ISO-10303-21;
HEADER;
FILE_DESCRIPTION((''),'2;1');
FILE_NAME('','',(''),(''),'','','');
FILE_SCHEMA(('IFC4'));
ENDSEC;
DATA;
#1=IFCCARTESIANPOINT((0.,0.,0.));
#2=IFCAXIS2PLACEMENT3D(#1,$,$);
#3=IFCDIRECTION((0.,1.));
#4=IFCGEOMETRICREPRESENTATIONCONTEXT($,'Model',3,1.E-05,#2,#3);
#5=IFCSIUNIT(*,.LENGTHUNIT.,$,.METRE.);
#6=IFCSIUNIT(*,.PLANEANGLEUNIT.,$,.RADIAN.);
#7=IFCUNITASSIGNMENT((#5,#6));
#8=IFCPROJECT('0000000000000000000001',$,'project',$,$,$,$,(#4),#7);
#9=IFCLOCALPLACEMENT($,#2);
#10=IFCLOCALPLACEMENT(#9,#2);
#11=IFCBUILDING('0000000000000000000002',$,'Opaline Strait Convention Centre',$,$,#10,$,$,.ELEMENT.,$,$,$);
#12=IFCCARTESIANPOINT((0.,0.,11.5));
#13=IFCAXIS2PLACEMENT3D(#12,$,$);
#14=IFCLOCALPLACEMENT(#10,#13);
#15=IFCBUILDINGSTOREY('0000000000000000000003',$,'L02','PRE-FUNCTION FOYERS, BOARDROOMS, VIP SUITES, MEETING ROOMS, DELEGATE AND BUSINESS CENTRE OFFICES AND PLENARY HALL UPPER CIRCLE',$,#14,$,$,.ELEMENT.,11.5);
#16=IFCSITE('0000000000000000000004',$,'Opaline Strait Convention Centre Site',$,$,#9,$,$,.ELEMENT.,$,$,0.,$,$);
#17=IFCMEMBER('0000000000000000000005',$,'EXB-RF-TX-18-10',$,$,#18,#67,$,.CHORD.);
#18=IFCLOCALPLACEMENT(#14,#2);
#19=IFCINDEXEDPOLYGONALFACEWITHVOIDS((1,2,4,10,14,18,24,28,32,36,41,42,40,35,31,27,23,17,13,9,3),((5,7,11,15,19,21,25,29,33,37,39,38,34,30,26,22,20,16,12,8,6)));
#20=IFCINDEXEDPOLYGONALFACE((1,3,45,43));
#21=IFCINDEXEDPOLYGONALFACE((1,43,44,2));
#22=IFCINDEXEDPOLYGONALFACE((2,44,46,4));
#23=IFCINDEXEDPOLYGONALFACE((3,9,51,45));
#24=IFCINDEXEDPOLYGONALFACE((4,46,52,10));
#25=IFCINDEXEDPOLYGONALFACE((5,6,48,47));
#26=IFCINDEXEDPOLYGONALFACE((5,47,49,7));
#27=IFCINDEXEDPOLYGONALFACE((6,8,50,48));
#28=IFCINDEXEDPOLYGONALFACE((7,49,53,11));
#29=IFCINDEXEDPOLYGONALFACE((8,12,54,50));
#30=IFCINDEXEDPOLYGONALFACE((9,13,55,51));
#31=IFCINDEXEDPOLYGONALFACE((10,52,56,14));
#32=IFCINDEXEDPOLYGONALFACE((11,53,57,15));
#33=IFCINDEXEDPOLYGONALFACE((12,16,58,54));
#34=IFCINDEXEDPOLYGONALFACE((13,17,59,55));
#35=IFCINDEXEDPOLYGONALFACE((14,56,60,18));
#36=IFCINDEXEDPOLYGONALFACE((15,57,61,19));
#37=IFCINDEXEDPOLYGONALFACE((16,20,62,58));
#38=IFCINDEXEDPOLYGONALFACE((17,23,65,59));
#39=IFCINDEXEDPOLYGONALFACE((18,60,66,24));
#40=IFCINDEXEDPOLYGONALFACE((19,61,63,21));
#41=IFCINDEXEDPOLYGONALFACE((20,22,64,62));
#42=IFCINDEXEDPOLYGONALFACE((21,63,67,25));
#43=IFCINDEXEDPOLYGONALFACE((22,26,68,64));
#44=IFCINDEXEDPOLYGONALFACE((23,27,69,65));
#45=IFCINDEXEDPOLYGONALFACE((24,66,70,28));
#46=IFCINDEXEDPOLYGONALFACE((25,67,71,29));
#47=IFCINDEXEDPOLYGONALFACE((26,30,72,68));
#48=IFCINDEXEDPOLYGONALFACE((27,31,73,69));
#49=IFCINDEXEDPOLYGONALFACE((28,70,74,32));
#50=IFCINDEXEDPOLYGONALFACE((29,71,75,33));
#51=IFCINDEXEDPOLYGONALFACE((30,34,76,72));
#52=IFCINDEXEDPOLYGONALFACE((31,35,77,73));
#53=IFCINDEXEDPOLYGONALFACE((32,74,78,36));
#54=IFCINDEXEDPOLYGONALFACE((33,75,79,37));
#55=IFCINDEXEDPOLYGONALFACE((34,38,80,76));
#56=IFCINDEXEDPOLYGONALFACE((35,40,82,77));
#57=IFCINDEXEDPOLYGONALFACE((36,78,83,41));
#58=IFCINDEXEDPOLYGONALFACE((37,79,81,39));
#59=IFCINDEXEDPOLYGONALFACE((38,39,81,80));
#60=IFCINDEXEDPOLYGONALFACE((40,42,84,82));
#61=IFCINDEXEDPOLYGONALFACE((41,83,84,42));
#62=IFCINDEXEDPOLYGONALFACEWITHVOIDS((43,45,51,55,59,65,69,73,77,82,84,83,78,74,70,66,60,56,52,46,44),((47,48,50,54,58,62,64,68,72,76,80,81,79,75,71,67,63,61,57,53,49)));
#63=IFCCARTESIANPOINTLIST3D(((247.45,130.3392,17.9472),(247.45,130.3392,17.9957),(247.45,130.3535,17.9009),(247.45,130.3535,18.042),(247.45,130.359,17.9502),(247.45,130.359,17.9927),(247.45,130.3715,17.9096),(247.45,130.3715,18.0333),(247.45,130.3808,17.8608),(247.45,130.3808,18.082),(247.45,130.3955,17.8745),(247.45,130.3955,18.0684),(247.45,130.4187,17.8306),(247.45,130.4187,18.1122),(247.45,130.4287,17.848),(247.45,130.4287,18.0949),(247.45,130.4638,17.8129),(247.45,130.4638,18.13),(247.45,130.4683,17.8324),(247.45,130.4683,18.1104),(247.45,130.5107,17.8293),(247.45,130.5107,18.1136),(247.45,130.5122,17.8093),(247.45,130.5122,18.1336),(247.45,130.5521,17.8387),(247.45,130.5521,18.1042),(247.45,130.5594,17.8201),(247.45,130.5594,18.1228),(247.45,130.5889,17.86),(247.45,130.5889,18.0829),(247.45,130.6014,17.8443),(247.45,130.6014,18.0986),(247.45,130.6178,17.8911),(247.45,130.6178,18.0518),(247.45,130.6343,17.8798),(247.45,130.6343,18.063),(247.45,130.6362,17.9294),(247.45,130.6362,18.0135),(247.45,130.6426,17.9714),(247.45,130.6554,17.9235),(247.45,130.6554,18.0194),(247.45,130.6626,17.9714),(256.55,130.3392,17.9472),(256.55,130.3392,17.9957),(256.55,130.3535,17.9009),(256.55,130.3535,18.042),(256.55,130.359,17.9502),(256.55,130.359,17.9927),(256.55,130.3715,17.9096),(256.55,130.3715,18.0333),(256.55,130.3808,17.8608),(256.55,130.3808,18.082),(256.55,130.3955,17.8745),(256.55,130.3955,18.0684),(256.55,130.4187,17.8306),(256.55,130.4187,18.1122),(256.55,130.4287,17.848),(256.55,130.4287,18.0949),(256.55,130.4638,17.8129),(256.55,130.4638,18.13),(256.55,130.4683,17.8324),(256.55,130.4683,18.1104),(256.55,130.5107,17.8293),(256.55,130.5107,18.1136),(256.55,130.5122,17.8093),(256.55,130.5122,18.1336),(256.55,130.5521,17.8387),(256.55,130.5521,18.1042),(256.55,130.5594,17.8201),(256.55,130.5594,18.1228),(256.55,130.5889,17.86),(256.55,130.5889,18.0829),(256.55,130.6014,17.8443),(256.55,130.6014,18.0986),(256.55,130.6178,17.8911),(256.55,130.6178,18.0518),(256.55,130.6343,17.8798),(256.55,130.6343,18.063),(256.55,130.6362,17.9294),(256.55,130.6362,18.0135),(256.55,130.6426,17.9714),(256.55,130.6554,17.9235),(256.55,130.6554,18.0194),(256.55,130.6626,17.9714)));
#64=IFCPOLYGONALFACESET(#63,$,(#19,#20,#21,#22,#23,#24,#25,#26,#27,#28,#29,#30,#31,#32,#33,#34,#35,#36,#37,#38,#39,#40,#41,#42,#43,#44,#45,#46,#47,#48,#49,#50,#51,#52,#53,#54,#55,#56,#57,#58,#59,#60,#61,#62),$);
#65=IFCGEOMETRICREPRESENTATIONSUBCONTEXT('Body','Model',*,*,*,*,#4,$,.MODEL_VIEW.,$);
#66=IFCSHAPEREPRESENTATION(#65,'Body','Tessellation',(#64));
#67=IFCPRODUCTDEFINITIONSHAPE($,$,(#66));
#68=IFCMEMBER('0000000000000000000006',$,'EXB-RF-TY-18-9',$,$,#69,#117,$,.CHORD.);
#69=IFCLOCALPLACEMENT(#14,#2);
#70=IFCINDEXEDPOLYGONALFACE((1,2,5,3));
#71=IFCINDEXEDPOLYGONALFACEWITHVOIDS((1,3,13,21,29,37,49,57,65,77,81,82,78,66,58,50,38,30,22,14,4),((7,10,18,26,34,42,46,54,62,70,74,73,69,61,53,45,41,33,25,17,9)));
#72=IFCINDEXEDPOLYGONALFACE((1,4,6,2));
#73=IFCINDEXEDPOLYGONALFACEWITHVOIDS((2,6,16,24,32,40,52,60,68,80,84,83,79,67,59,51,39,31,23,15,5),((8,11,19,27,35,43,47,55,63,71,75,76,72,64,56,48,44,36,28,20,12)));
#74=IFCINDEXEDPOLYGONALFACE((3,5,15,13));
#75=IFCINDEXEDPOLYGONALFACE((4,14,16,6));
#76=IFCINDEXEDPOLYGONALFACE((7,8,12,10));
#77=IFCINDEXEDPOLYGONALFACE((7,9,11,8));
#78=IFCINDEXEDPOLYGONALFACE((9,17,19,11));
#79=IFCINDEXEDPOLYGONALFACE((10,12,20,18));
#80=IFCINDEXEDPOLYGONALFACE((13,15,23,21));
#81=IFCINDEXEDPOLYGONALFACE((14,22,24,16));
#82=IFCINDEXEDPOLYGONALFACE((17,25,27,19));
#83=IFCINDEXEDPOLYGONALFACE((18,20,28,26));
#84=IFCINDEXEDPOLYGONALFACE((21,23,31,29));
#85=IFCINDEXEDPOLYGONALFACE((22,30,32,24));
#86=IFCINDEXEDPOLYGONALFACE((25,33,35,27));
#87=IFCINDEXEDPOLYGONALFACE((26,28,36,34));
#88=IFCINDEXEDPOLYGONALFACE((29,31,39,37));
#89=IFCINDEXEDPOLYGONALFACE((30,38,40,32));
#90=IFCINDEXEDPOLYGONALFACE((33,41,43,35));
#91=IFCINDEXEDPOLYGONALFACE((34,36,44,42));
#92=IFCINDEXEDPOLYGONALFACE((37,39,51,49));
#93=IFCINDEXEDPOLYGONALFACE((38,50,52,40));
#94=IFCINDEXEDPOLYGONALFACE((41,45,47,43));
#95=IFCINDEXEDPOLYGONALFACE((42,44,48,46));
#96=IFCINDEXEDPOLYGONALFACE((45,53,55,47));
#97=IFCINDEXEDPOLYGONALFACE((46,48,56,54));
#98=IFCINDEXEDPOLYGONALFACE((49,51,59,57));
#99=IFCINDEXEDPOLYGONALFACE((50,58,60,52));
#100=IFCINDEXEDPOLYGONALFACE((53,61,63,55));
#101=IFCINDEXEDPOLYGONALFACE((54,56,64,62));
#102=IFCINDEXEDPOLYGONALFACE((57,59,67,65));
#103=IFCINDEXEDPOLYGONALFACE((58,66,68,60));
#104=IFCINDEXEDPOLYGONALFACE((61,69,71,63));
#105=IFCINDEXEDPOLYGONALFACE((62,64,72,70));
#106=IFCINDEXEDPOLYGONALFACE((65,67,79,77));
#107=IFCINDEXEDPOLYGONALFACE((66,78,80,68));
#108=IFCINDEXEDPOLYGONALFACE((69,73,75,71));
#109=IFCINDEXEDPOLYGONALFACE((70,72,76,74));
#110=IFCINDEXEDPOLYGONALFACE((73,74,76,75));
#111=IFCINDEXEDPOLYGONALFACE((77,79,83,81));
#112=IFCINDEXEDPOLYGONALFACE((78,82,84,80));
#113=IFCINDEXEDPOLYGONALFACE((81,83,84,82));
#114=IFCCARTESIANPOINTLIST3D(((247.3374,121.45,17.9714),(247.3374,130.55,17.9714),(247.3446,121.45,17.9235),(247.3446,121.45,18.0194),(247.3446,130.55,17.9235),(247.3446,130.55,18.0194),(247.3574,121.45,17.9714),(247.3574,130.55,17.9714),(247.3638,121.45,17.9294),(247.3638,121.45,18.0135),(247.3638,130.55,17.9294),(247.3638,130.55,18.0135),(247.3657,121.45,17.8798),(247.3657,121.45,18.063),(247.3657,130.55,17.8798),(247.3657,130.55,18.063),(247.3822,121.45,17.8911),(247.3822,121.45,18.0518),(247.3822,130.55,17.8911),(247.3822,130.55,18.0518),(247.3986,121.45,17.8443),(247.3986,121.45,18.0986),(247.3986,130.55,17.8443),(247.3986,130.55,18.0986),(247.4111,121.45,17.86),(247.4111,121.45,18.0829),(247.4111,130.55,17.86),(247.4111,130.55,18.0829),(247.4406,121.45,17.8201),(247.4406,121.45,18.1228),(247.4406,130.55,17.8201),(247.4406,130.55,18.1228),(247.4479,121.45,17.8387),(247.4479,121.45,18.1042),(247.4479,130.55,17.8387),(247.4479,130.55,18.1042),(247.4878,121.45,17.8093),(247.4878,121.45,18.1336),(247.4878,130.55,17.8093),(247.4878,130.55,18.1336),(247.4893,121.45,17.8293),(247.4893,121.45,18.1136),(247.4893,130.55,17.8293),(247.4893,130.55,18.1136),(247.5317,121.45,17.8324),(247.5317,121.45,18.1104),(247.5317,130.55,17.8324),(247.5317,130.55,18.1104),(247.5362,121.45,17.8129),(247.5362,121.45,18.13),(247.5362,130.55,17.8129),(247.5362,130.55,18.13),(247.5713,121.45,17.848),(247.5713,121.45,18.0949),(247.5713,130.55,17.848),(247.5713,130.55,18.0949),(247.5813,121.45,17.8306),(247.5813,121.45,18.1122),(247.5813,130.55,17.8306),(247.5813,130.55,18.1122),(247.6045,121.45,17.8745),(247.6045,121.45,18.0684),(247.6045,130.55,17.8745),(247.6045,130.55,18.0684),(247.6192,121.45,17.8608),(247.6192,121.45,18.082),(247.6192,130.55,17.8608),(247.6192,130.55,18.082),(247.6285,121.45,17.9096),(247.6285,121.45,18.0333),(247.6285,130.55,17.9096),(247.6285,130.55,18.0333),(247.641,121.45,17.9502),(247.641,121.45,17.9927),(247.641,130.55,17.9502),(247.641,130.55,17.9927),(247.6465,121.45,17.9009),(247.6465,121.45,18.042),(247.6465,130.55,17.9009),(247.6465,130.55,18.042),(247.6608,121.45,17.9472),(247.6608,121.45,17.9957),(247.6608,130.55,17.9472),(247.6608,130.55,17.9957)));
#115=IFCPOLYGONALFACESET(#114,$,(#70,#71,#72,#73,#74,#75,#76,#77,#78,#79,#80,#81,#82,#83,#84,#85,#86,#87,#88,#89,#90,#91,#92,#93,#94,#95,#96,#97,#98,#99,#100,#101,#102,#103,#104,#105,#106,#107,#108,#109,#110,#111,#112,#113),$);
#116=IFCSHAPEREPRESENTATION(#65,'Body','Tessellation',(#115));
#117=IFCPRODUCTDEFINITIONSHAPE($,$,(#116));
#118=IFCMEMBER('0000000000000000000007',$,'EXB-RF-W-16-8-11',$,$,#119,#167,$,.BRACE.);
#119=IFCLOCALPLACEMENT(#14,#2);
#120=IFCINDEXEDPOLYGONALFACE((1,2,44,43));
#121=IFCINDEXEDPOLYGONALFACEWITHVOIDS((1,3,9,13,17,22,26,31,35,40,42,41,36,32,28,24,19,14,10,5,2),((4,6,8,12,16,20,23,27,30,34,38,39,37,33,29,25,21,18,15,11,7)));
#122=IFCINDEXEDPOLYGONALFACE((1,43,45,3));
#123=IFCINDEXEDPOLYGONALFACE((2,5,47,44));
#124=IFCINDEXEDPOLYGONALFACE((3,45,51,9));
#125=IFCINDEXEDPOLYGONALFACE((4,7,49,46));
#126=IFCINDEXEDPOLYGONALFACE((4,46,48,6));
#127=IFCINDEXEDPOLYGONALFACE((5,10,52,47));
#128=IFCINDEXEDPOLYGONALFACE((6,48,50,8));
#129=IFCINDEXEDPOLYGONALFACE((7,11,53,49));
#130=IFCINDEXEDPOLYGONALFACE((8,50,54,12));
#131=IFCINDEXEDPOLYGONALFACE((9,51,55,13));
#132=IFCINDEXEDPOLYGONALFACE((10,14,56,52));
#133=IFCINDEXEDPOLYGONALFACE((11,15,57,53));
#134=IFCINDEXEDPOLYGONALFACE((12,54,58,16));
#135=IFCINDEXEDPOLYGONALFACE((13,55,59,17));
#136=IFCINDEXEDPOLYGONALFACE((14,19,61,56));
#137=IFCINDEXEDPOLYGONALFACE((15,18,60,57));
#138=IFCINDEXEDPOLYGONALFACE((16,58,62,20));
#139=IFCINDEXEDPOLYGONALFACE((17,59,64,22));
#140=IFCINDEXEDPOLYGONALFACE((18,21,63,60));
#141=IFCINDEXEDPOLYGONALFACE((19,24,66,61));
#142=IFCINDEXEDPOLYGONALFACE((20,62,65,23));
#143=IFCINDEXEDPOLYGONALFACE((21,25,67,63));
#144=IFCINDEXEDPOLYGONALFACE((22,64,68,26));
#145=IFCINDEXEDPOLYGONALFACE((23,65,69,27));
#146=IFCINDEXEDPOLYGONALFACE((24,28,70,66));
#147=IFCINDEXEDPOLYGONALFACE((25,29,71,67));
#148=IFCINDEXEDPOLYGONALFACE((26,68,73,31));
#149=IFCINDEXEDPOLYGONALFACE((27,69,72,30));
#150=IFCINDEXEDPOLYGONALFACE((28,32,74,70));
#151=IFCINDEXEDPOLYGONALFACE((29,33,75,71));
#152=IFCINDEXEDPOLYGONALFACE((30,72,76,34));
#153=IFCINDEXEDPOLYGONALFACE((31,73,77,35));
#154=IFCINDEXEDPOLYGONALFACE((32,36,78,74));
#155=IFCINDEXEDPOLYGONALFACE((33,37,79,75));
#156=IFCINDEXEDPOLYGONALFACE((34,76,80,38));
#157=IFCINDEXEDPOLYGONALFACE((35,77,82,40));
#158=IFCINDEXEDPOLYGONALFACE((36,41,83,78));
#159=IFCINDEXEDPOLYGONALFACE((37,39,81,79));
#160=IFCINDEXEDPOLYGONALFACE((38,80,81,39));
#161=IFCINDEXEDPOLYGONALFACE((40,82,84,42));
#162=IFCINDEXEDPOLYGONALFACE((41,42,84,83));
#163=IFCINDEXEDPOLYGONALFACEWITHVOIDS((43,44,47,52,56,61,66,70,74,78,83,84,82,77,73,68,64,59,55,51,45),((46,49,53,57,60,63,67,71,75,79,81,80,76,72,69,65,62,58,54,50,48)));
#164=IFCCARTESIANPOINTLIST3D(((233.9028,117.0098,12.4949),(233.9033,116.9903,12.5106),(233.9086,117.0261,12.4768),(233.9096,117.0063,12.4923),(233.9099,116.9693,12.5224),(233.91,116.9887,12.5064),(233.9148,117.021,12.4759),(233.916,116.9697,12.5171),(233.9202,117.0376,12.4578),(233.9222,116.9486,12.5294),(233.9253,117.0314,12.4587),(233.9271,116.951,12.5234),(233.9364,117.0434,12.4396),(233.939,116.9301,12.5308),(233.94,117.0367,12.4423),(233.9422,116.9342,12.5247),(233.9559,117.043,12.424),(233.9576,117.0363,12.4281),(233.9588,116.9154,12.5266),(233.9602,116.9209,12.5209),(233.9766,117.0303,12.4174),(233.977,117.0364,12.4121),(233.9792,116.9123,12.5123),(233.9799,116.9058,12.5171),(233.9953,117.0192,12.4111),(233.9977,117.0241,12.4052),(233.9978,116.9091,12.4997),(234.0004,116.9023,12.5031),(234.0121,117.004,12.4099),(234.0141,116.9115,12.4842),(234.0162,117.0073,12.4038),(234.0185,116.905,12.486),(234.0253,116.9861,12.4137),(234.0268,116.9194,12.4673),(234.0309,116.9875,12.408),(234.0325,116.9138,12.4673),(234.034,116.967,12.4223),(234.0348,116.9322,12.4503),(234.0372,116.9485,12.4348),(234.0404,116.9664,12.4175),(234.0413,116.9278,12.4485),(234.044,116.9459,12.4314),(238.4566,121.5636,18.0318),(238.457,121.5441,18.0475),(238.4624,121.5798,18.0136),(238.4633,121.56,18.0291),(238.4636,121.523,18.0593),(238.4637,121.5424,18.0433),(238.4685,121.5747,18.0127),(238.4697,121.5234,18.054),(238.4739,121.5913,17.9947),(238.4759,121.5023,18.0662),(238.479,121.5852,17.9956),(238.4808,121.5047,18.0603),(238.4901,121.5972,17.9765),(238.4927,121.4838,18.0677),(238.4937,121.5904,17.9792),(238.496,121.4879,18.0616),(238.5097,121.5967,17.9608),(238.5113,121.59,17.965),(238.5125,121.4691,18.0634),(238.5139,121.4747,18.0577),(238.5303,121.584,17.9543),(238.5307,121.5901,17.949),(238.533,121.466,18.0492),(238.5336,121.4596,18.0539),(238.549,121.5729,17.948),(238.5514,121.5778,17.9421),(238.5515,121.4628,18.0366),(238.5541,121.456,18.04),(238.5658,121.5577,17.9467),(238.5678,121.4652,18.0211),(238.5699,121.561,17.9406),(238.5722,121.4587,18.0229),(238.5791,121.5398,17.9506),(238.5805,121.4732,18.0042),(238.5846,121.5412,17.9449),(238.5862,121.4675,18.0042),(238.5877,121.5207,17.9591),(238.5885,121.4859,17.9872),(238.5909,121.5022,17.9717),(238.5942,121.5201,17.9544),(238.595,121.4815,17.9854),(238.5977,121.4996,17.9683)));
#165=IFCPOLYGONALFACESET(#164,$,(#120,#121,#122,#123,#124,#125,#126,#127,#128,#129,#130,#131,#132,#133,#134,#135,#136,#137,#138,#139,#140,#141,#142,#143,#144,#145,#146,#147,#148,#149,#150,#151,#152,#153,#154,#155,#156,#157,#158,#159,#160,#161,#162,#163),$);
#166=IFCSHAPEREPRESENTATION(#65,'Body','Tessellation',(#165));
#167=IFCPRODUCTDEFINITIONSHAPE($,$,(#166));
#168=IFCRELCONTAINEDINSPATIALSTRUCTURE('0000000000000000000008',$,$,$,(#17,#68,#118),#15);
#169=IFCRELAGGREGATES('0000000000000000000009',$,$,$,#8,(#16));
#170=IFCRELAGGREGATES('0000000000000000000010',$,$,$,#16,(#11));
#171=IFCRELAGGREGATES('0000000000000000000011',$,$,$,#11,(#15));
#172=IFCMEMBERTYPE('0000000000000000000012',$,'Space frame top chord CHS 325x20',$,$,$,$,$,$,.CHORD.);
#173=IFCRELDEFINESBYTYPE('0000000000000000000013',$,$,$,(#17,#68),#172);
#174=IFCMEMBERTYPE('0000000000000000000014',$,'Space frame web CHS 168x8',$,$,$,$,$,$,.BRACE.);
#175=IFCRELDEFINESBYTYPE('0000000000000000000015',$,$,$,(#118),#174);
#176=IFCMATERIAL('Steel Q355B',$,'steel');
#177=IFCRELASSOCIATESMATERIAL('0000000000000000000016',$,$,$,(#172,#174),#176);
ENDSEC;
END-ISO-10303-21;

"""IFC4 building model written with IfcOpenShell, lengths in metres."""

from ifc_helpers import new_model, si_unit, direction, frame, origin, origin_2d, place, context, subcontext, project, spatial, hollow_circle, extrude, material, material_profile, profile_set, type_object, element, save


model = new_model("IFC4")

# Units and contexts
model_context = context("Model", 3, precision=1e-05, world=origin(), true_north=direction((0.0, 1.0)))
body_context = subcontext(model_context, "Body", "Model", "MODEL_VIEW")
ifc_project = project(units=[si_unit("LENGTHUNIT", "METRE"), si_unit("PLANEANGLEUNIT", "RADIAN")], contexts=[model_context])

# Site, building, storey
site_placement = place(None, origin())
site = spatial("IfcSite", under=ifc_project, at=site_placement, Name="Opaline Strait Convention Centre Site", CompositionType="ELEMENT", RefElevation=0.0)
building_placement = place(site_placement, origin())
building = spatial("IfcBuilding", under=site, at=building_placement, Name="Opaline Strait Convention Centre", CompositionType="ELEMENT")
storey_placement = place(building_placement, frame((0.0, 0.0, 11.5)))
storey = spatial("IfcBuildingStorey", under=building, at=storey_placement, Name="L02", Description="PRE-FUNCTION FOYERS, BOARDROOMS, VIP SUITES, MEETING ROOMS, DELEGATE AND BUSINESS CENTRE OFFICES AND PLENARY HALL UPPER CIRCLE", CompositionType="ELEMENT", Elevation=11.5)

# Members
ifc_material = material(Name="Steel Q355B", Category="steel")
ifc_material_profile_1 = material_profile(ifc_material, hollow_circle(Radius=0.1626, WallThickness=0.02, at=origin_2d()), Name="CHS 325x20")
ifc_profile_set_1 = profile_set([ifc_material_profile_1], Name="Steel Q355B")
member_type_1 = type_object("IfcMemberType", Name="Space frame top chord CHS 325x20", PredefinedType="CHORD", material=ifc_profile_set_1)
for number, where, z_axis, x_axis, name in (
    (1, (247.45, 130.5, 17.9714), (1.0, 0.0, 0.0), (0.0, 1.0, 0.0), "EXB-RF-TX-18-10"),
    (2, (247.5, 121.45, 17.9714), (0.0, 1.0, 0.0), (-1.0, 0.0, 0.0), "EXB-RF-TY-18-9"),
):
    element("IfcMember", number, at=place(storey_placement, frame(where, z_axis=z_axis, x_axis=x_axis)), inside=storey, type_object=member_type_1, Name=name, PredefinedType="CHORD", context=body_context, shape_type="SweptSolid", body=[
        extrude(hollow_circle(Radius=0.1626, WallThickness=0.02, at=origin_2d()), origin(), (0.0, 0.0, 1.0), 9.1001),
    ])
ifc_material_profile_2 = material_profile(ifc_material, hollow_circle(Radius=0.084, WallThickness=0.0081, at=origin_2d()), Name="CHS 168x8")
ifc_profile_set_2 = profile_set([ifc_material_profile_2], Name="Steel Q355B")
member_type_2 = type_object("IfcMemberType", Name="Space frame web CHS 168x8", PredefinedType="BRACE", material=ifc_profile_set_2)
for number, where, z_axis, x_axis, name in (
    (3, (238.5269, 121.5269, 18.0042), (-0.536178, -0.536178, -0.65194), (0.707107, -0.707107, 0.0), "EXB-RF-W-16-8-11"),
):
    element("IfcMember", number, at=place(storey_placement, frame(where, z_axis=z_axis, x_axis=x_axis)), inside=storey, type_object=member_type_2, Name=name, PredefinedType="BRACE", context=body_context, shape_type="SweptSolid", body=[
        extrude(hollow_circle(Radius=0.084, WallThickness=0.0081, at=origin_2d()), origin(), (0.0, 0.0, 1.0), 8.4929),
    ])

save(model, "model.ifc")
